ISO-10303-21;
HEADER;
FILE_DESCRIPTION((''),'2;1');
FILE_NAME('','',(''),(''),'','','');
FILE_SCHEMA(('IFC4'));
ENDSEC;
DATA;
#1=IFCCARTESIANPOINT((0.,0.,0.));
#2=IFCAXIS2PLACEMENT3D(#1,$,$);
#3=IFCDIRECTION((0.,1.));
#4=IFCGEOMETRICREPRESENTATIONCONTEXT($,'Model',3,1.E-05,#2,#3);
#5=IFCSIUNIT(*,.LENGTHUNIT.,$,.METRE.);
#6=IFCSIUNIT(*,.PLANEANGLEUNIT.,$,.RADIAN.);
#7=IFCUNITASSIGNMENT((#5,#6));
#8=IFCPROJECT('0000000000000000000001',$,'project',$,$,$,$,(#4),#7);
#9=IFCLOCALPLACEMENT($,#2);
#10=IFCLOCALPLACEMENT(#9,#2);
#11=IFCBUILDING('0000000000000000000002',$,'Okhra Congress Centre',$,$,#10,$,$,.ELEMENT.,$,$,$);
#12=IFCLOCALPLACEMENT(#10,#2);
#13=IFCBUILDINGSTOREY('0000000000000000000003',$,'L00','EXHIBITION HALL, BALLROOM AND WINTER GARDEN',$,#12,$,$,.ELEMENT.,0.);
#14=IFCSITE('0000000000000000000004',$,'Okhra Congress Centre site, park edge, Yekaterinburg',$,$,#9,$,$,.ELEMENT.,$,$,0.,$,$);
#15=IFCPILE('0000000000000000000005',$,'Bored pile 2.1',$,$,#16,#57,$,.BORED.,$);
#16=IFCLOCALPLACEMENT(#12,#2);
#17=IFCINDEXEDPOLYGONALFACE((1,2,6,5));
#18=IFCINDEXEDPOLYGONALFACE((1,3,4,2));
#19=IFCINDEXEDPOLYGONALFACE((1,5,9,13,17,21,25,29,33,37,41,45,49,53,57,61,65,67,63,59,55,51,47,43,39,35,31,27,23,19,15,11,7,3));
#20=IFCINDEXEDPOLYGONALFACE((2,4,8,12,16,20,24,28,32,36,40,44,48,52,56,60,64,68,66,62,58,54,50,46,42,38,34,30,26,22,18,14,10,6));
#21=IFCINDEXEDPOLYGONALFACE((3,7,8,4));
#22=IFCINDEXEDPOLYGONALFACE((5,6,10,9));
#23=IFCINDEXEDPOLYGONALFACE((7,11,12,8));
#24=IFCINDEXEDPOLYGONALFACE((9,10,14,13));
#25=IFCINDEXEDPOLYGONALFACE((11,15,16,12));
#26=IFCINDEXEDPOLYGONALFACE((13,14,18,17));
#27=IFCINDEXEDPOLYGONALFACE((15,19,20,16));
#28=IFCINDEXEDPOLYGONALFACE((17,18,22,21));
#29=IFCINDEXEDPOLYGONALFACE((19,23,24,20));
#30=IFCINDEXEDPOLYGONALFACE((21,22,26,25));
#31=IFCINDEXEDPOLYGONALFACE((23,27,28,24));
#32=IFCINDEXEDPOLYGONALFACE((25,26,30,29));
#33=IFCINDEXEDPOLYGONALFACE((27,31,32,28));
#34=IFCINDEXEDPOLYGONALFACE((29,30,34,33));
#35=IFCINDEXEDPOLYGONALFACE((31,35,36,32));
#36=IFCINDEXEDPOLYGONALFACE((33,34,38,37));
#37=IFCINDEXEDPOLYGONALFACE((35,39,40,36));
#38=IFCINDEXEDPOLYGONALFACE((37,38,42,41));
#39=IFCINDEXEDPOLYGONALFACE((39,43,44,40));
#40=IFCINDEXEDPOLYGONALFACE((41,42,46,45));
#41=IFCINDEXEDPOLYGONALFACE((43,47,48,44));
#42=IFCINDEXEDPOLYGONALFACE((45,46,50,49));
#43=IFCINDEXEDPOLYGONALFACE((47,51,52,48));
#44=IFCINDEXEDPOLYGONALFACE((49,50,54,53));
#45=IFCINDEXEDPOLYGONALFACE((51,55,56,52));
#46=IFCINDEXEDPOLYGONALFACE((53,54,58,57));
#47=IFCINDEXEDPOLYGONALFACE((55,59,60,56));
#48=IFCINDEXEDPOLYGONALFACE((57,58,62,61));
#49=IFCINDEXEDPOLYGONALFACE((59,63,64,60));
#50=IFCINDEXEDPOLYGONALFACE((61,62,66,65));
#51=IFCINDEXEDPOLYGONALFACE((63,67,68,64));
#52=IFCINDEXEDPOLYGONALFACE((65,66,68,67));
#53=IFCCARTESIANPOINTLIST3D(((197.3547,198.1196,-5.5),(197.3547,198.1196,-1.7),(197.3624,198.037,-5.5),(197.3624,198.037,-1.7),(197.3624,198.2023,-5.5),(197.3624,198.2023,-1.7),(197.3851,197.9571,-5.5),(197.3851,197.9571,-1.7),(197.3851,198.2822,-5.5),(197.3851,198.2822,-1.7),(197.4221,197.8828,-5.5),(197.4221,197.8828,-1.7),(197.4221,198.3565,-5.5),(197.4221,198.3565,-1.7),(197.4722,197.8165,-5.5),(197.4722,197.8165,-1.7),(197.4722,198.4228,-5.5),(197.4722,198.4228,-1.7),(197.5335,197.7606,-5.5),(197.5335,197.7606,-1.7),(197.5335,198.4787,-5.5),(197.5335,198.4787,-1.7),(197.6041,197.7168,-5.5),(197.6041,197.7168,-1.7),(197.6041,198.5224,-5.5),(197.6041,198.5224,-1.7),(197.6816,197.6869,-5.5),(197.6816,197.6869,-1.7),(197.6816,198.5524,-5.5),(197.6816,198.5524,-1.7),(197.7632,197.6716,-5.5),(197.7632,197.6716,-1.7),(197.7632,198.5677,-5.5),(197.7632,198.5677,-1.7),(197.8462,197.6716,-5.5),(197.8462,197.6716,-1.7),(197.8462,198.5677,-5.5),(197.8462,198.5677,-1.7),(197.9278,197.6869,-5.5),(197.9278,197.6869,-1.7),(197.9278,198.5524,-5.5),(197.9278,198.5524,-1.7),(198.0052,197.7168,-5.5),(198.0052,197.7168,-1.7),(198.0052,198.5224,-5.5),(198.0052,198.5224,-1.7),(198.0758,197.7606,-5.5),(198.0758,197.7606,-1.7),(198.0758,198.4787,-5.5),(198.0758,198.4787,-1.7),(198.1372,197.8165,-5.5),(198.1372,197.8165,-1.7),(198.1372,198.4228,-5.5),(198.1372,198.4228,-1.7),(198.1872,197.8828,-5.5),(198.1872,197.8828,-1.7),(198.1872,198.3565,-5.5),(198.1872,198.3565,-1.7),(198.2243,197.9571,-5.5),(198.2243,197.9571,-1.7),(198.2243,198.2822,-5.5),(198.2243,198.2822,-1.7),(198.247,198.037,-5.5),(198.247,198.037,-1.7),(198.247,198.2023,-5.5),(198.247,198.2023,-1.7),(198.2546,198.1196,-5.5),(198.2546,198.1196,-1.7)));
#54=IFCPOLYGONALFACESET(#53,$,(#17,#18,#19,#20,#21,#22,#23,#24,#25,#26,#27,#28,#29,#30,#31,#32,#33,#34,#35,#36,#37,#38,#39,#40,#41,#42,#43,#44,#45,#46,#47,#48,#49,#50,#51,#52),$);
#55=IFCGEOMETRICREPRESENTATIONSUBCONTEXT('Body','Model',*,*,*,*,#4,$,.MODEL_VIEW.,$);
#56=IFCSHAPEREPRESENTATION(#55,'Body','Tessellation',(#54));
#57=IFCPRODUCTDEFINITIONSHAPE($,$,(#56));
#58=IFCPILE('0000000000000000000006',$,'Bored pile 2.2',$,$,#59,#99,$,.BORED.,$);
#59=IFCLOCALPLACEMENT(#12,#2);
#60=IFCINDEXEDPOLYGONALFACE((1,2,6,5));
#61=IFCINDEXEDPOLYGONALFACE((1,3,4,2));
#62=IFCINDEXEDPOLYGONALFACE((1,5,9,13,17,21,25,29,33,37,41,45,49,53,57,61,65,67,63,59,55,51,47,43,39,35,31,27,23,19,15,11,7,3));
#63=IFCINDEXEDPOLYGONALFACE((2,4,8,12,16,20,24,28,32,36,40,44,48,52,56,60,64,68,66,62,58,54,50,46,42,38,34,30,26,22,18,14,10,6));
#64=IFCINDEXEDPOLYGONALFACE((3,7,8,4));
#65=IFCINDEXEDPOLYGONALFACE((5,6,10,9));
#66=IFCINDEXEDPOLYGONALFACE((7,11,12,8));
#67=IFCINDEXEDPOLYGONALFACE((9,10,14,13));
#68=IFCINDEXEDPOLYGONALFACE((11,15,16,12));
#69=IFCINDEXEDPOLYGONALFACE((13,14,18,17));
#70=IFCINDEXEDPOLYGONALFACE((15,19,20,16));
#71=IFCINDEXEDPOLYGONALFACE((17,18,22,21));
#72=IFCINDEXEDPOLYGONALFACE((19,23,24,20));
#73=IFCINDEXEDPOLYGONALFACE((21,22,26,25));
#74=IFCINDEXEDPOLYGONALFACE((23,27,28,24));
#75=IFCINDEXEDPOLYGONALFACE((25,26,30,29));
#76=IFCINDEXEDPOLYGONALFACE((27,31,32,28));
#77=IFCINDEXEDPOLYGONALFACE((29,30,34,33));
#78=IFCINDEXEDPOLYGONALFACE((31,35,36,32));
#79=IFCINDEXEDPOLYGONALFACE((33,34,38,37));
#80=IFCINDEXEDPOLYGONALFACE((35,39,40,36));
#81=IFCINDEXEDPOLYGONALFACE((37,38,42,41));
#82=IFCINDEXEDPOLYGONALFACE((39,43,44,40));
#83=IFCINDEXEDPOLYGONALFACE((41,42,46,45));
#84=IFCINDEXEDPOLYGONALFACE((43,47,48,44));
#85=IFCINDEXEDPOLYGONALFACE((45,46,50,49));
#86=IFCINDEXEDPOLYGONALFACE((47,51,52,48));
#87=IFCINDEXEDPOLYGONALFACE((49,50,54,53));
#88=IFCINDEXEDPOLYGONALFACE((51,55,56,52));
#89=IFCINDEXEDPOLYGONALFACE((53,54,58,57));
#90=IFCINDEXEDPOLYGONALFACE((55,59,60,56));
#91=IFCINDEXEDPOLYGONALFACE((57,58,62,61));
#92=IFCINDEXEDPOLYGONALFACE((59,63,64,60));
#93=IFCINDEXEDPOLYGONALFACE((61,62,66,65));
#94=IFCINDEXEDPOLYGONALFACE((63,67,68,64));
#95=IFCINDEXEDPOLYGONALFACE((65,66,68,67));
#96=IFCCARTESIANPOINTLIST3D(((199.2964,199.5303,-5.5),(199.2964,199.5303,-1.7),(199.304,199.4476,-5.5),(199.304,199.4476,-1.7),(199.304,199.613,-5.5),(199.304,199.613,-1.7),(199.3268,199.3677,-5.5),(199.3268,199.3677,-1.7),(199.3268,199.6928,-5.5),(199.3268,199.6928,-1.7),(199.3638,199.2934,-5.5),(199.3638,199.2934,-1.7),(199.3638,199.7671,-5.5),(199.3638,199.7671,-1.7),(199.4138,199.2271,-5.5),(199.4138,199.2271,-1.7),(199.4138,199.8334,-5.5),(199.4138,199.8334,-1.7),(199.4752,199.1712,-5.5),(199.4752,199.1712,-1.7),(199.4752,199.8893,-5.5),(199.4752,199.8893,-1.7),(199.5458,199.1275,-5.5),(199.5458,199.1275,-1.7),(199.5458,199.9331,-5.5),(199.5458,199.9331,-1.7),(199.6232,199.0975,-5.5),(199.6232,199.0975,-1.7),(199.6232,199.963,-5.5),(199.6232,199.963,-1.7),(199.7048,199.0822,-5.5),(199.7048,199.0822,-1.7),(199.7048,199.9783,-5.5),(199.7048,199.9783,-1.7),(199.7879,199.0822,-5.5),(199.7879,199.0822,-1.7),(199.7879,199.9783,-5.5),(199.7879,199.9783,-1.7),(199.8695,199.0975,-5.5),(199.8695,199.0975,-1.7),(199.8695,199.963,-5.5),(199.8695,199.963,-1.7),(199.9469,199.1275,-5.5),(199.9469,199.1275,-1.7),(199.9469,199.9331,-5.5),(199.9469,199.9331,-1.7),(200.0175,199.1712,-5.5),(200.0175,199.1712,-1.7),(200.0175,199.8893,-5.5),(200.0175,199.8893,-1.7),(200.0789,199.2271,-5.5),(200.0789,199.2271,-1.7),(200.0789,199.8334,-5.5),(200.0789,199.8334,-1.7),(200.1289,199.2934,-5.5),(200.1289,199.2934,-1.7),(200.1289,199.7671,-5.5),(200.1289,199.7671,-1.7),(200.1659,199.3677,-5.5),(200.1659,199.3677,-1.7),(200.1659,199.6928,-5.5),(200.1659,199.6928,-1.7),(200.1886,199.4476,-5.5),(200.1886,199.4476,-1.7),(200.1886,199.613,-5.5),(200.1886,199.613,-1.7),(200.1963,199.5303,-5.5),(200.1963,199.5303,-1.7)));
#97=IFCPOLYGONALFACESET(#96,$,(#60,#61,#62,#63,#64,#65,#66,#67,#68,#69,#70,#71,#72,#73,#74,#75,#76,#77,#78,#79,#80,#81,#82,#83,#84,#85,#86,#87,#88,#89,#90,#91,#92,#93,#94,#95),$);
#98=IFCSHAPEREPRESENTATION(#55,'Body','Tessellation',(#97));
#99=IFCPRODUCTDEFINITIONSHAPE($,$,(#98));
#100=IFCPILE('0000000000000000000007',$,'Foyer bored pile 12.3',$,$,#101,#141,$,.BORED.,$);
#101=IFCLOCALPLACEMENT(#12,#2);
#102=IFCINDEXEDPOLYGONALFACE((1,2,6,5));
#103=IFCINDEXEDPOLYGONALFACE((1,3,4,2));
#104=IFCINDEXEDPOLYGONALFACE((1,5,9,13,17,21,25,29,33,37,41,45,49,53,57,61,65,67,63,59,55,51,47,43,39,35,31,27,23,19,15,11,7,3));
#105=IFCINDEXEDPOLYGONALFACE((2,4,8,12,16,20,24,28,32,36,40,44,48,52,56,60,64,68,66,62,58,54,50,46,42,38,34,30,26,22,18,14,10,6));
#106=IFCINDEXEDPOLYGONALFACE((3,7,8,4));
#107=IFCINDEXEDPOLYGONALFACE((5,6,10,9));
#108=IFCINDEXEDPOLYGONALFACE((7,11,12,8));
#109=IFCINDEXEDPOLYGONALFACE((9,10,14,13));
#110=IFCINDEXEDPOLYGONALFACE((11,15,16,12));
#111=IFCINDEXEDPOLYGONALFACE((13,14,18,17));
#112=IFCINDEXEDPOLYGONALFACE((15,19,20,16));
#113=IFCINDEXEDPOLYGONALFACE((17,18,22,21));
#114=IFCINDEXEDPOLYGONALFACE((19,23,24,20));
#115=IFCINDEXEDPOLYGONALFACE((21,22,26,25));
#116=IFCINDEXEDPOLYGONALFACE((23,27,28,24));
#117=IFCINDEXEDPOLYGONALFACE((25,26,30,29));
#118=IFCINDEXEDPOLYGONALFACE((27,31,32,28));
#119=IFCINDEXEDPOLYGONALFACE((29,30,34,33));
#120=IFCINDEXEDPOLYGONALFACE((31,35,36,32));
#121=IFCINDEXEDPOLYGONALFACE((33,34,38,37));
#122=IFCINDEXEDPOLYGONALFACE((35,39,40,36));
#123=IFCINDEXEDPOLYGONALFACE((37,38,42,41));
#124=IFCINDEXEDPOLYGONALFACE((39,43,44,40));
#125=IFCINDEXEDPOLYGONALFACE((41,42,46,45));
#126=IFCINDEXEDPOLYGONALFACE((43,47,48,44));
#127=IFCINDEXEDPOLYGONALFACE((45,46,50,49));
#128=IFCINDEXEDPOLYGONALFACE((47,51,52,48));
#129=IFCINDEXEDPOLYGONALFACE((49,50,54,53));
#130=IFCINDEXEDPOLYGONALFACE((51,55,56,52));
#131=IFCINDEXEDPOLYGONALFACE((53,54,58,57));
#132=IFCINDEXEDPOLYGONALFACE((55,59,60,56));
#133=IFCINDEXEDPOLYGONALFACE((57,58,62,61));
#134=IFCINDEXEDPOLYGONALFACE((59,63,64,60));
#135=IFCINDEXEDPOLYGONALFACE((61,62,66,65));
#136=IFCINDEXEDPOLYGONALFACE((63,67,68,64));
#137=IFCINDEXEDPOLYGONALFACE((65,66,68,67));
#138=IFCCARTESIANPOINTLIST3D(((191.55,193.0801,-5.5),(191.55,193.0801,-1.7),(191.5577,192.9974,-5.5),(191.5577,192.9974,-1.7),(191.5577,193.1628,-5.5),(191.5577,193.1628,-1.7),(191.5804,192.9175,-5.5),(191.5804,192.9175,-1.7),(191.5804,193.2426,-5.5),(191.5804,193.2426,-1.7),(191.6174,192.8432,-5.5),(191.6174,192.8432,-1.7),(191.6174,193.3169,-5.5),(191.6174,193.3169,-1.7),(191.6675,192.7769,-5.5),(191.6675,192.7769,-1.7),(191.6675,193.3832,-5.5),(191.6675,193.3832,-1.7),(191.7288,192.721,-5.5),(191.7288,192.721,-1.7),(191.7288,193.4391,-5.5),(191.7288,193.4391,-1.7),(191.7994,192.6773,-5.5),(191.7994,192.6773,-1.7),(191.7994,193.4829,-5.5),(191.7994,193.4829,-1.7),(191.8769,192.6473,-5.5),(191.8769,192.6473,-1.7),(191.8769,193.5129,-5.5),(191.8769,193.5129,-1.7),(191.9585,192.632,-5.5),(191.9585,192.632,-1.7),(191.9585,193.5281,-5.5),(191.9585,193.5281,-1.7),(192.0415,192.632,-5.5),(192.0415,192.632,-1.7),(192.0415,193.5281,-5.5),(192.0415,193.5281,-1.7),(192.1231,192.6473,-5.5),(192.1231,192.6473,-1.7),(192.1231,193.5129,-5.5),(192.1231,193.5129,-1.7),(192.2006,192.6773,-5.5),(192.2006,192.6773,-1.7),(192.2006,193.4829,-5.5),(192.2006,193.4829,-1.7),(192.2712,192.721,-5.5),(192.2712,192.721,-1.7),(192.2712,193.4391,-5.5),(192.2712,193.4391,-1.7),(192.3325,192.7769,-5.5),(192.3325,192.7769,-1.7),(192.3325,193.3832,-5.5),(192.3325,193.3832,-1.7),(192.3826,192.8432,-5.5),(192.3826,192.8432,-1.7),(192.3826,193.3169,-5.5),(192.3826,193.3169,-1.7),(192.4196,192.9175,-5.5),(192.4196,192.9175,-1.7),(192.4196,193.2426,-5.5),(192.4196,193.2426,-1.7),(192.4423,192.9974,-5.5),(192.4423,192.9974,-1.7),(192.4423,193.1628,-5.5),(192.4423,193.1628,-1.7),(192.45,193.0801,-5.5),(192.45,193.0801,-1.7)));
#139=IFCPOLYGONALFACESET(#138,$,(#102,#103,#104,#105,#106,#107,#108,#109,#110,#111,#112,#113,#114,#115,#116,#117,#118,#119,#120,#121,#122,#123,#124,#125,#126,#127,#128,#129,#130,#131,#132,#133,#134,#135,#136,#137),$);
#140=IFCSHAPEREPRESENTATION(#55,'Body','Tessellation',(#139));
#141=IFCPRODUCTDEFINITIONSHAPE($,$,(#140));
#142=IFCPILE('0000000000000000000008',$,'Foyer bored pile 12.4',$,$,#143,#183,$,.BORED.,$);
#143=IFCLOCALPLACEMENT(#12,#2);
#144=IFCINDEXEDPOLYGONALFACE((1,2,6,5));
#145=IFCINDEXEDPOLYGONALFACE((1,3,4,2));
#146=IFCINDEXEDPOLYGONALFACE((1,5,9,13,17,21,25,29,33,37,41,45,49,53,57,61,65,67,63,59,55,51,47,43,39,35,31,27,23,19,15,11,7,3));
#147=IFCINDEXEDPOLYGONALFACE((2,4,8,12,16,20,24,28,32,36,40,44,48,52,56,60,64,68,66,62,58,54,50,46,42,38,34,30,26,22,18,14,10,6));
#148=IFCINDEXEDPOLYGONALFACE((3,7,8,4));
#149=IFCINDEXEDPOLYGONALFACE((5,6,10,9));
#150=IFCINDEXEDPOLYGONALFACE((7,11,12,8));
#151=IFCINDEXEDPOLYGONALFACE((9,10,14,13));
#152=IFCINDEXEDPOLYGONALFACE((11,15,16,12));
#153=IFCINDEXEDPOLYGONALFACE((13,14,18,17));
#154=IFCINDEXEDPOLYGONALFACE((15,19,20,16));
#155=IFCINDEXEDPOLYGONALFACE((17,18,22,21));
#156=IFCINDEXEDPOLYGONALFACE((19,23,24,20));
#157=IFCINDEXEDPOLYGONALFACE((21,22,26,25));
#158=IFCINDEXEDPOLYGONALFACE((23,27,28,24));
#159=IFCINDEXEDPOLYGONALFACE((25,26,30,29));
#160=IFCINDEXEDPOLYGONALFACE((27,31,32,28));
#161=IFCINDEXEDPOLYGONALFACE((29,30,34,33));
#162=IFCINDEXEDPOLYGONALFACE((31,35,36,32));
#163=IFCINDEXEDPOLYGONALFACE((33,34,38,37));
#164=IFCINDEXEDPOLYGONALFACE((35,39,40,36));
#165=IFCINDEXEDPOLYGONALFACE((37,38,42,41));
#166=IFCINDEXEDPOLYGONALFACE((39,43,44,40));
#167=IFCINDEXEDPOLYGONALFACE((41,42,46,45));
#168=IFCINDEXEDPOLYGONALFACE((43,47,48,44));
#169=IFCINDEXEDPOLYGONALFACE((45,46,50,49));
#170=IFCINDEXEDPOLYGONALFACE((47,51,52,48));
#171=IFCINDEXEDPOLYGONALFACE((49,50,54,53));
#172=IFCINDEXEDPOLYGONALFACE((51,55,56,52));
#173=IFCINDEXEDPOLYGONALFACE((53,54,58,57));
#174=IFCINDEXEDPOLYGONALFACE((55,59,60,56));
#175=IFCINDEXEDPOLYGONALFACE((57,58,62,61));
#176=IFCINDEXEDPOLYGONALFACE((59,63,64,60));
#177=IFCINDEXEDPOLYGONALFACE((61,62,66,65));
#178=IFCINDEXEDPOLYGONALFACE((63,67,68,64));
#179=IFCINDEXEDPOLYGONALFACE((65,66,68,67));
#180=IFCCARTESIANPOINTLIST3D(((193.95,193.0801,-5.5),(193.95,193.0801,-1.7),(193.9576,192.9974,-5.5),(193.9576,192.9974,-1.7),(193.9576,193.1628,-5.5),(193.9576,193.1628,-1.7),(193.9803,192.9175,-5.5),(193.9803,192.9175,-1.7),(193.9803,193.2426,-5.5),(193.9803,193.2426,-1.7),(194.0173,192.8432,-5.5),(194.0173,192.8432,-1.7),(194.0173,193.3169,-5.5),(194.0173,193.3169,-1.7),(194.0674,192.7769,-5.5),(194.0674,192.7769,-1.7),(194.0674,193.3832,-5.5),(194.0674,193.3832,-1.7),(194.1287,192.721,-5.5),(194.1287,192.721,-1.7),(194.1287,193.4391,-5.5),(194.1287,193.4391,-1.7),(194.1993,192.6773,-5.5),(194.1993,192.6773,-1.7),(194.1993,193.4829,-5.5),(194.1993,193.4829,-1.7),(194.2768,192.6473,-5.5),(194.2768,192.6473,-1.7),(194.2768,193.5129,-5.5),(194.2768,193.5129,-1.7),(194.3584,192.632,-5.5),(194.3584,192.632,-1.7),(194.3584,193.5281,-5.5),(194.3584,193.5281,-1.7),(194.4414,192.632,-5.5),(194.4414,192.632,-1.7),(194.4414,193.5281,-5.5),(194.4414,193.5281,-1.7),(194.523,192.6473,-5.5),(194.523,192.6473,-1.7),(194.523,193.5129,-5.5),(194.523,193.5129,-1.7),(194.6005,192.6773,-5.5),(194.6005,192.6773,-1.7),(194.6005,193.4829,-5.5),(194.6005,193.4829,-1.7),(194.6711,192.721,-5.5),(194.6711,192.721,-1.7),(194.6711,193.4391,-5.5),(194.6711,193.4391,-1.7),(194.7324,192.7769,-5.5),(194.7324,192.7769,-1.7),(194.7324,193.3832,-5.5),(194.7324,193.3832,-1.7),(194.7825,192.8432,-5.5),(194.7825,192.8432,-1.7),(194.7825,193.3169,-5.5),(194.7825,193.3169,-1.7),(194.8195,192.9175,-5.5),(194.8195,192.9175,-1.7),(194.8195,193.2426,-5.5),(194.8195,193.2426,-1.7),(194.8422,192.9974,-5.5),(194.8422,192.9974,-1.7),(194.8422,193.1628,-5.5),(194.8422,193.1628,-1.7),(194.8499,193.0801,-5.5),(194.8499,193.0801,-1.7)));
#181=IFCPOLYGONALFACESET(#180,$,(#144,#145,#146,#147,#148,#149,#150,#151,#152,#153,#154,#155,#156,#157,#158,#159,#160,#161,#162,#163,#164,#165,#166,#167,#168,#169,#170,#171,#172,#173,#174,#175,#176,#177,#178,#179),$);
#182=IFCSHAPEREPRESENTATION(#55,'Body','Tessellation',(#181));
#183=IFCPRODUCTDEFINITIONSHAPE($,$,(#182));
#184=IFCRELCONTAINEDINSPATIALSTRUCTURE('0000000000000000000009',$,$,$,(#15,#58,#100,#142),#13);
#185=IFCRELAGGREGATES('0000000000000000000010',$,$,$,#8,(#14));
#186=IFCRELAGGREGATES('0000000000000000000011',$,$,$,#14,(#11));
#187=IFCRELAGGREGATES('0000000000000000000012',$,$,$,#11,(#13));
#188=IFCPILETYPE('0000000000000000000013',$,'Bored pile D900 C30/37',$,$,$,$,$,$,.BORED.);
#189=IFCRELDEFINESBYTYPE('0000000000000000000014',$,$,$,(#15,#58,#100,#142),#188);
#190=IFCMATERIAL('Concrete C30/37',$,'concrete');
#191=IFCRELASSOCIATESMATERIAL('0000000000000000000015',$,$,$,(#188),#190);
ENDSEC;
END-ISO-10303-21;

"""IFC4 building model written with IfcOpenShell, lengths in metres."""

from ifc_helpers import new_model, si_unit, direction, frame, origin, origin_2d, place, context, subcontext, project, spatial, circle, extrude, material, material_profile, profile_set, type_object, element, save


model = new_model("IFC4")

# Units and contexts
model_context = context("Model", 3, precision=1e-05, world=origin(), true_north=direction((0.0, 1.0)))
body_context = subcontext(model_context, "Body", "Model", "MODEL_VIEW")
ifc_project = project(units=[si_unit("LENGTHUNIT", "METRE"), si_unit("PLANEANGLEUNIT", "RADIAN")], contexts=[model_context])

# Site, building, storey
site_placement = place(None, origin())
site = spatial("IfcSite", under=ifc_project, at=site_placement, Name="Okhra Congress Centre site, park edge, Yekaterinburg", CompositionType="ELEMENT", RefElevation=0.0)
building_placement = place(site_placement, origin())
building = spatial("IfcBuilding", under=site, at=building_placement, Name="Okhra Congress Centre", CompositionType="ELEMENT")
storey_placement = place(building_placement, origin())
storey = spatial("IfcBuildingStorey", under=building, at=storey_placement, Name="L00", Description="EXHIBITION HALL, BALLROOM AND WINTER GARDEN", CompositionType="ELEMENT", Elevation=0.0)

# Piles
ifc_material_1 = material(Name="Concrete C30/37", Category="concrete")
ifc_material_profile_1 = material_profile(ifc_material_1, circle(Radius=0.45, at=origin_2d()), Name="D900")
ifc_profile_set_1 = profile_set([ifc_material_profile_1], Name="Concrete C30/37")
pile_type = type_object("IfcPileType", Name="Bored pile D900 C30/37", PredefinedType="BORED", material=ifc_profile_set_1)
for number, where, z_axis, x_axis, name in (
    (1, (197.8047, 198.1196, -1.7), (0.0, 0.0, -1.0), (1.0, 0.0, 0.0), "Bored pile 2.1"),
    (2, (199.7463, 199.5303, -1.7), (0.0, 0.0, -1.0), (1.0, 0.0, 0.0), "Bored pile 2.2"),
    (3, (192.0, 193.0801, -1.7), (0.0, 0.0, -1.0), (1.0, 0.0, 0.0), "Foyer bored pile 12.3"),
    (4, (194.3999, 193.0801, -1.7), (0.0, 0.0, -1.0), (1.0, 0.0, 0.0), "Foyer bored pile 12.4"),
):
    element("IfcPile", number, at=place(storey_placement, frame(where, z_axis=z_axis, x_axis=x_axis)), inside=storey, type_object=pile_type, Name=name, PredefinedType="BORED", context=body_context, shape_type="SweptSolid", body=[
        extrude(circle(Radius=0.45, at=origin_2d()), origin(), (0.0, 0.0, 1.0), 3.8),
    ])

save(model, "model.ifc")
